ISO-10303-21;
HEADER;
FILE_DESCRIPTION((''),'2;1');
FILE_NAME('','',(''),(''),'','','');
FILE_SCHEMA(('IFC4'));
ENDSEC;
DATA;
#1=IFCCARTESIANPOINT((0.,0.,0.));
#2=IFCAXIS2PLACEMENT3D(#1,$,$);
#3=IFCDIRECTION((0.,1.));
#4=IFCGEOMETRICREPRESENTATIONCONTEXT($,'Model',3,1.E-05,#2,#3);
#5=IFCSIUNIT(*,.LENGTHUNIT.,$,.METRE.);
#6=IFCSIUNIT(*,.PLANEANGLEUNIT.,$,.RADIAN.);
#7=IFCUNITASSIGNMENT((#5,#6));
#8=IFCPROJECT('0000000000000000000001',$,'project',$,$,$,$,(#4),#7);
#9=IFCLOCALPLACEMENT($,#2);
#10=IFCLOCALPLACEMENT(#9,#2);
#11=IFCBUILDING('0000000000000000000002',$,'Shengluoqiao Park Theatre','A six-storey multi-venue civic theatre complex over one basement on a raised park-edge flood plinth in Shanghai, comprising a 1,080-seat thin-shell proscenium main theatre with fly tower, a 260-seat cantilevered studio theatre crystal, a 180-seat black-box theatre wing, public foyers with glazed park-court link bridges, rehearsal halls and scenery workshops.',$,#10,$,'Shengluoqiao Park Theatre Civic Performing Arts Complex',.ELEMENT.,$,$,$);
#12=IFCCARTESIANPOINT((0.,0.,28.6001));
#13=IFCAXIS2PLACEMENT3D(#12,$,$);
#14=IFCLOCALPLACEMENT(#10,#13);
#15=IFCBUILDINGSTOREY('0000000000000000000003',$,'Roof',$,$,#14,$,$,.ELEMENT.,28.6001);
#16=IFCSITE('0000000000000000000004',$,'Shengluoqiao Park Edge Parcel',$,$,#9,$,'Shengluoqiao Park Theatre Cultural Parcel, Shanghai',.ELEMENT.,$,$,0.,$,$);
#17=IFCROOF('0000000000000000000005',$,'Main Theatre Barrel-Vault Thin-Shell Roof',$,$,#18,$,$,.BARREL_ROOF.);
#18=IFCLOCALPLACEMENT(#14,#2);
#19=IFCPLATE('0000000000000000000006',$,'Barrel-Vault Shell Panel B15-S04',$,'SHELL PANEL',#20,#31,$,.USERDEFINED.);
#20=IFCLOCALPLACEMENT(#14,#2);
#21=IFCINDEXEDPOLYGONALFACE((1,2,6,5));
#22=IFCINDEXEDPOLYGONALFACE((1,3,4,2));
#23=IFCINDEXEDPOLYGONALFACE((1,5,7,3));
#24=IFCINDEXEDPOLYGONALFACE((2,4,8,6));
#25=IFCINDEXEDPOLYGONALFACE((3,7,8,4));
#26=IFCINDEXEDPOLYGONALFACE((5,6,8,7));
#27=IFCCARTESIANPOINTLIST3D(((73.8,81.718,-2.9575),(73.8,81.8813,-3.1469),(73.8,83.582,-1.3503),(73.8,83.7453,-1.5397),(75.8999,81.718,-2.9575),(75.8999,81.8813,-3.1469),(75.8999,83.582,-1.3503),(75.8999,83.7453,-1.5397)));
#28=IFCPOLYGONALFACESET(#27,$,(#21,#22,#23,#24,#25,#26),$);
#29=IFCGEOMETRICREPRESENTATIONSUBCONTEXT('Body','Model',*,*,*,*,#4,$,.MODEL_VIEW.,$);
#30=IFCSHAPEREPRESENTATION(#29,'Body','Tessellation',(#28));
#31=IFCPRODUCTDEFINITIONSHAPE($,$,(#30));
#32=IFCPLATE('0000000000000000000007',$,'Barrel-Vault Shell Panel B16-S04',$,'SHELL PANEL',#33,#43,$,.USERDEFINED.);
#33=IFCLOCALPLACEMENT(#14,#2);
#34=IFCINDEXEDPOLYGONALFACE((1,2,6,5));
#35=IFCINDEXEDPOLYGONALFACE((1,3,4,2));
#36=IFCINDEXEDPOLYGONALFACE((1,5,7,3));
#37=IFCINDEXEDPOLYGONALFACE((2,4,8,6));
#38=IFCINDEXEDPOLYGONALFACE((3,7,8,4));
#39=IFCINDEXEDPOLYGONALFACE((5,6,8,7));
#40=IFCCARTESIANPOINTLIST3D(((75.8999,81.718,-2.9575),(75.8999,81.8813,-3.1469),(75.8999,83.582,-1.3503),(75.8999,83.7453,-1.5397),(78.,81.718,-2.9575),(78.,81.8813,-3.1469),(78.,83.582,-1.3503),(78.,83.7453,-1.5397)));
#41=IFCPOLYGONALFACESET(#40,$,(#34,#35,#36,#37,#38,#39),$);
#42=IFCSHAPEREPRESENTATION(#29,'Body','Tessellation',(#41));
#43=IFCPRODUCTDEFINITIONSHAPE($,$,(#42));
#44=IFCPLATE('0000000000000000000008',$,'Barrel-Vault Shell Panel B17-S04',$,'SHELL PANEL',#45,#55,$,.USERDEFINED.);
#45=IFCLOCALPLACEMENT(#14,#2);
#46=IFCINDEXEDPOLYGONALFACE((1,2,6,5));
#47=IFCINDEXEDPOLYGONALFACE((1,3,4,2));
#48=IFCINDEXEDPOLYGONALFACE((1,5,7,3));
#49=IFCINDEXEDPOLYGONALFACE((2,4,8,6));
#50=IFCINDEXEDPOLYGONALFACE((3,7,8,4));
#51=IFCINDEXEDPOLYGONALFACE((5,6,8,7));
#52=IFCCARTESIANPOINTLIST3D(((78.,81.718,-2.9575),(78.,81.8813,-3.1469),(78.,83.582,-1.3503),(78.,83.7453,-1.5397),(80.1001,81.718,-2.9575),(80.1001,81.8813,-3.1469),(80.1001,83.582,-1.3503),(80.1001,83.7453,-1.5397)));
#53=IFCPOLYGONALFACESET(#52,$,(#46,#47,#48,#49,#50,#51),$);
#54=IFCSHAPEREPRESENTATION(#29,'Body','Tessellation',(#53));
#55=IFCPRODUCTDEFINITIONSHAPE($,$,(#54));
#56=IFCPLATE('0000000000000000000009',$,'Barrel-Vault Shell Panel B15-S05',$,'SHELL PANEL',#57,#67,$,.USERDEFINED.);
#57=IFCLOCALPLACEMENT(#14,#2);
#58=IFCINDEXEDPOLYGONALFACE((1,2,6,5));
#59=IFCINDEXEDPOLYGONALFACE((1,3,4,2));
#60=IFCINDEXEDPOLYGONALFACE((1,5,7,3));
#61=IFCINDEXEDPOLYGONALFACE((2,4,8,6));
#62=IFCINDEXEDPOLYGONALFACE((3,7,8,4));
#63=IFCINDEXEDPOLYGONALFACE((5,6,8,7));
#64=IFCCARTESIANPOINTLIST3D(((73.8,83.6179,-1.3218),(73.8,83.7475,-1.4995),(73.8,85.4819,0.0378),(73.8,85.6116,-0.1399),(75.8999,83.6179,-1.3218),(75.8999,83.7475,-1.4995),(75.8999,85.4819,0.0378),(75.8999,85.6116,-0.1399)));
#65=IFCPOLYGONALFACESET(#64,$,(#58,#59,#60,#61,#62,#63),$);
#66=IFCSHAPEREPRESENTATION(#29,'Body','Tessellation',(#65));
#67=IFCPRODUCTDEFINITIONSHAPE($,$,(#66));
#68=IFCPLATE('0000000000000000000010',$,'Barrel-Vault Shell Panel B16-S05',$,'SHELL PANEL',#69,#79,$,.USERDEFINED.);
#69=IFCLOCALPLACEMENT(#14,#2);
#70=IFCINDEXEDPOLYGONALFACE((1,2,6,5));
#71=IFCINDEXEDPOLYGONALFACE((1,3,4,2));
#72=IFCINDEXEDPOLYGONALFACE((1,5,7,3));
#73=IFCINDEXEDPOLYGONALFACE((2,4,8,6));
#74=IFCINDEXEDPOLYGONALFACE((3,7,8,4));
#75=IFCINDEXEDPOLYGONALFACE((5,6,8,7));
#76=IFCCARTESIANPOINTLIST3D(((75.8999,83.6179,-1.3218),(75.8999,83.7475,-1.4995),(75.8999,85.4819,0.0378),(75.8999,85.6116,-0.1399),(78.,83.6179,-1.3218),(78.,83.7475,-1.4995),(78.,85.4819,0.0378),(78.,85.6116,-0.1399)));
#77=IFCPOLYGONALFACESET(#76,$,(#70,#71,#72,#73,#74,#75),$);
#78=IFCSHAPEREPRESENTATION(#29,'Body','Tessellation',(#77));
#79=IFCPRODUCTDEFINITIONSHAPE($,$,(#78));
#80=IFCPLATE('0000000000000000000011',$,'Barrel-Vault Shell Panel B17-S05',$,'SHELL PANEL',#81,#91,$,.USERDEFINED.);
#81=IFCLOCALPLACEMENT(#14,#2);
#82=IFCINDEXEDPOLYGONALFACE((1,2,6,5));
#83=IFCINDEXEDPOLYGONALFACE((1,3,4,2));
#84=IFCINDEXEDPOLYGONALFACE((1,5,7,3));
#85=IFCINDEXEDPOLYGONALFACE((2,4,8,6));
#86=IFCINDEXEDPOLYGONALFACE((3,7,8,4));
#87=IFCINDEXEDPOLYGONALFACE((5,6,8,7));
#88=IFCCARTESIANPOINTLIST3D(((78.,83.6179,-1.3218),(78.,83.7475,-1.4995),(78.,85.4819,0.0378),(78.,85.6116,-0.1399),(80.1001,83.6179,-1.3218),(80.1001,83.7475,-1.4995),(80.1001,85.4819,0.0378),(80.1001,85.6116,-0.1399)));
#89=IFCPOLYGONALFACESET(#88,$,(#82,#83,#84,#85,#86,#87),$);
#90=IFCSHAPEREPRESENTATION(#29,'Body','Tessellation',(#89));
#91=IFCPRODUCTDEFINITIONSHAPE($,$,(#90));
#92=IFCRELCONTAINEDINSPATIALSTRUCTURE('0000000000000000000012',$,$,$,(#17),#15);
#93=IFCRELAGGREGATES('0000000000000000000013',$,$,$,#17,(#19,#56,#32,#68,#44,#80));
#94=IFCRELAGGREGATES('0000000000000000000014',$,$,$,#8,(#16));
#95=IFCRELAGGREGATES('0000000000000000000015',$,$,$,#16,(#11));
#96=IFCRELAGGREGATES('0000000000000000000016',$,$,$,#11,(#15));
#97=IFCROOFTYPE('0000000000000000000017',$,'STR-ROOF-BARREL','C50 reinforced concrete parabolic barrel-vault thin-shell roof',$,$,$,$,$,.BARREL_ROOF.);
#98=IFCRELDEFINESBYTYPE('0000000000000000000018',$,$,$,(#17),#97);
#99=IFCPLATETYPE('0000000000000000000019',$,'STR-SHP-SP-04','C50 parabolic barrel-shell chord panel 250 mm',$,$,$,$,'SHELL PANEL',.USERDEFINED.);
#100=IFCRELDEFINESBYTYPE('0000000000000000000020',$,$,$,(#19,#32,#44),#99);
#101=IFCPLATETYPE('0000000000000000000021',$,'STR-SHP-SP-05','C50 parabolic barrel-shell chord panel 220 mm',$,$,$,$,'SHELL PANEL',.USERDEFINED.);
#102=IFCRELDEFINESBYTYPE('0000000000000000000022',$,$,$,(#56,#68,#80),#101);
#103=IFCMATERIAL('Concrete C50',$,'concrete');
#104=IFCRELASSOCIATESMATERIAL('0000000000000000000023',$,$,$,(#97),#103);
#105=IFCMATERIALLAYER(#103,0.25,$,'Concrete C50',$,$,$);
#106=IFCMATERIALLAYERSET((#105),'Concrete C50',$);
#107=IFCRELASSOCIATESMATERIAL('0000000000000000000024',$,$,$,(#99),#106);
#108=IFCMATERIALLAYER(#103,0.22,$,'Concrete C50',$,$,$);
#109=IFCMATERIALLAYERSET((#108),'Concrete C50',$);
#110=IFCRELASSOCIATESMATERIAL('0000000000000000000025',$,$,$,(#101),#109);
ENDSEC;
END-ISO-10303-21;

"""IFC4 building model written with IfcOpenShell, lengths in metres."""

from ifc_helpers import new_model, si_unit, direction, frame, origin, place, context, subcontext, project, spatial, polyline, outline, extrude, material, layer, layer_set, type_object, element, aggregate, save


model = new_model("IFC4")

# Units and contexts
model_context = context("Model", 3, precision=1e-05, world=origin(), true_north=direction((0.0, 1.0)))
body_context = subcontext(model_context, "Body", "Model", "MODEL_VIEW")
ifc_project = project(units=[si_unit("LENGTHUNIT", "METRE"), si_unit("PLANEANGLEUNIT", "RADIAN")], contexts=[model_context])

# Site, building, storey
site_placement = place(None, origin())
site = spatial("IfcSite", under=ifc_project, at=site_placement, Name="Shengluoqiao Park Edge Parcel", LongName="Shengluoqiao Park Theatre Cultural Parcel, Shanghai", CompositionType="ELEMENT", RefElevation=0.0)
building_placement = place(site_placement, origin())
building = spatial("IfcBuilding", under=site, at=building_placement, Name="Shengluoqiao Park Theatre", Description="A six-storey multi-venue civic theatre complex over one basement on a raised park-edge flood plinth in Shanghai, comprising a 1,080-seat thin-shell proscenium main theatre with fly tower, a 260-seat cantilevered studio theatre crystal, a 180-seat black-box theatre wing, public foyers with glazed park-court link bridges, rehearsal halls and scenery workshops.", LongName="Shengluoqiao Park Theatre Civic Performing Arts Complex", CompositionType="ELEMENT")
storey_placement = place(building_placement, frame((0.0, 0.0, 28.6001)))
storey = spatial("IfcBuildingStorey", under=building, at=storey_placement, Name="Roof", CompositionType="ELEMENT", Elevation=28.6001)

# Shared definitions
ifc_material_1 = material(Name="Concrete C50", Category="concrete")

# Roof, plates
roof_type = type_object("IfcRoofType", Name="STR-ROOF-BARREL", Description="C50 reinforced concrete parabolic barrel-vault thin-shell roof", PredefinedType="BARREL_ROOF", material=ifc_material_1)
roof_placement = place(storey_placement, origin())
roof = element("IfcRoof", 1, at=roof_placement, inside=storey, type_object=roof_type, Name="Main Theatre Barrel-Vault Thin-Shell Roof", PredefinedType="BARREL_ROOF")
ifc_layer_1 = layer(ifc_material_1, 0.25, Name="Concrete C50")
ifc_layer_set_1 = layer_set([ifc_layer_1], Name="Concrete C50")
plate_type_1 = type_object("IfcPlateType", Name="STR-SHP-SP-04", Description="C50 parabolic barrel-shell chord panel 250 mm", ElementType="SHELL PANEL", PredefinedType="USERDEFINED", material=ifc_layer_set_1)
plate_1_placement = place(storey_placement, frame((73.8, 81.718, -2.9575), z_axis=(0.0, -0.653002, 0.757356), x_axis=(1.0, 0.0, 0.0)))
plate_1 = element("IfcPlate", 2, at=plate_1_placement, type_object=plate_type_1, Name="Barrel-Vault Shell Panel B15-S04", ObjectType="SHELL PANEL", PredefinedType="USERDEFINED", context=body_context, shape_type="SweptSolid", body=[
    extrude(outline(polyline([(0.0, 0.0), (2.0999, 0.0), (2.0999, 2.4612), (0.0, 2.4612), (0.0, 0.0)])), origin(), (0.0, 0.0, -1.0), 0.25),
])
plate_2_placement = place(storey_placement, frame((75.8999, 81.718, -2.9575), z_axis=(0.0, -0.653002, 0.757356), x_axis=(1.0, 0.0, 0.0)))
plate_2 = element("IfcPlate", 3, at=plate_2_placement, type_object=plate_type_1, Name="Barrel-Vault Shell Panel B16-S04", ObjectType="SHELL PANEL", PredefinedType="USERDEFINED", context=body_context, shape_type="SweptSolid", body=[
    extrude(outline(polyline([(0.0, 0.0), (2.1001, 0.0), (2.1001, 2.4612), (0.0, 2.4612), (0.0, 0.0)])), origin(), (0.0, 0.0, -1.0), 0.25),
])
plate_3_placement = place(storey_placement, frame((78.0, 81.718, -2.9575), z_axis=(0.0, -0.653002, 0.757356), x_axis=(1.0, 0.0, 0.0)))
plate_3 = element("IfcPlate", 4, at=plate_3_placement, type_object=plate_type_1, Name="Barrel-Vault Shell Panel B17-S04", ObjectType="SHELL PANEL", PredefinedType="USERDEFINED", context=body_context, shape_type="SweptSolid", body=[
    extrude(outline(polyline([(0.0, 0.0), (2.1001, 0.0), (2.1001, 2.4612), (0.0, 2.4612), (0.0, 0.0)])), origin(), (0.0, 0.0, -1.0), 0.25),
])
ifc_layer_2 = layer(ifc_material_1, 0.22, Name="Concrete C50")
ifc_layer_set_2 = layer_set([ifc_layer_2], Name="Concrete C50")
plate_type_2 = type_object("IfcPlateType", Name="STR-SHP-SP-05", Description="C50 parabolic barrel-shell chord panel 220 mm", ElementType="SHELL PANEL", PredefinedType="USERDEFINED", material=ifc_layer_set_2)
plate_4_placement = place(storey_placement, frame((73.8, 83.6179, -1.3218), z_axis=(0.0, -0.589297, 0.807916), x_axis=(1.0, 0.0, 0.0)))
plate_4 = element("IfcPlate", 5, at=plate_4_placement, type_object=plate_type_2, Name="Barrel-Vault Shell Panel B15-S05", ObjectType="SHELL PANEL", PredefinedType="USERDEFINED", context=body_context, shape_type="SweptSolid", body=[
    extrude(outline(polyline([(0.0, 0.0), (2.0999, 0.0), (2.0999, 2.3072), (0.0, 2.3072), (0.0, 0.0)])), origin(), (0.0, 0.0, -1.0), 0.22),
])
plate_5_placement = place(storey_placement, frame((75.8999, 83.6179, -1.3218), z_axis=(0.0, -0.589297, 0.807916), x_axis=(1.0, 0.0, 0.0)))
plate_5 = element("IfcPlate", 6, at=plate_5_placement, type_object=plate_type_2, Name="Barrel-Vault Shell Panel B16-S05", ObjectType="SHELL PANEL", PredefinedType="USERDEFINED", context=body_context, shape_type="SweptSolid", body=[
    extrude(outline(polyline([(0.0, 0.0), (2.1001, 0.0), (2.1001, 2.3072), (0.0, 2.3072), (0.0, 0.0)])), origin(), (0.0, 0.0, -1.0), 0.22),
])
plate_6_placement = place(storey_placement, frame((78.0, 83.6179, -1.3218), z_axis=(0.0, -0.589297, 0.807916), x_axis=(1.0, 0.0, 0.0)))
plate_6 = element("IfcPlate", 7, at=plate_6_placement, type_object=plate_type_2, Name="Barrel-Vault Shell Panel B17-S05", ObjectType="SHELL PANEL", PredefinedType="USERDEFINED", context=body_context, shape_type="SweptSolid", body=[
    extrude(outline(polyline([(0.0, 0.0), (2.1001, 0.0), (2.1001, 2.3072), (0.0, 2.3072), (0.0, 0.0)])), origin(), (0.0, 0.0, -1.0), 0.22),
])
aggregate(roof, [plate_1, plate_4, plate_2, plate_5, plate_3, plate_6])

save(model, "model.ifc")
